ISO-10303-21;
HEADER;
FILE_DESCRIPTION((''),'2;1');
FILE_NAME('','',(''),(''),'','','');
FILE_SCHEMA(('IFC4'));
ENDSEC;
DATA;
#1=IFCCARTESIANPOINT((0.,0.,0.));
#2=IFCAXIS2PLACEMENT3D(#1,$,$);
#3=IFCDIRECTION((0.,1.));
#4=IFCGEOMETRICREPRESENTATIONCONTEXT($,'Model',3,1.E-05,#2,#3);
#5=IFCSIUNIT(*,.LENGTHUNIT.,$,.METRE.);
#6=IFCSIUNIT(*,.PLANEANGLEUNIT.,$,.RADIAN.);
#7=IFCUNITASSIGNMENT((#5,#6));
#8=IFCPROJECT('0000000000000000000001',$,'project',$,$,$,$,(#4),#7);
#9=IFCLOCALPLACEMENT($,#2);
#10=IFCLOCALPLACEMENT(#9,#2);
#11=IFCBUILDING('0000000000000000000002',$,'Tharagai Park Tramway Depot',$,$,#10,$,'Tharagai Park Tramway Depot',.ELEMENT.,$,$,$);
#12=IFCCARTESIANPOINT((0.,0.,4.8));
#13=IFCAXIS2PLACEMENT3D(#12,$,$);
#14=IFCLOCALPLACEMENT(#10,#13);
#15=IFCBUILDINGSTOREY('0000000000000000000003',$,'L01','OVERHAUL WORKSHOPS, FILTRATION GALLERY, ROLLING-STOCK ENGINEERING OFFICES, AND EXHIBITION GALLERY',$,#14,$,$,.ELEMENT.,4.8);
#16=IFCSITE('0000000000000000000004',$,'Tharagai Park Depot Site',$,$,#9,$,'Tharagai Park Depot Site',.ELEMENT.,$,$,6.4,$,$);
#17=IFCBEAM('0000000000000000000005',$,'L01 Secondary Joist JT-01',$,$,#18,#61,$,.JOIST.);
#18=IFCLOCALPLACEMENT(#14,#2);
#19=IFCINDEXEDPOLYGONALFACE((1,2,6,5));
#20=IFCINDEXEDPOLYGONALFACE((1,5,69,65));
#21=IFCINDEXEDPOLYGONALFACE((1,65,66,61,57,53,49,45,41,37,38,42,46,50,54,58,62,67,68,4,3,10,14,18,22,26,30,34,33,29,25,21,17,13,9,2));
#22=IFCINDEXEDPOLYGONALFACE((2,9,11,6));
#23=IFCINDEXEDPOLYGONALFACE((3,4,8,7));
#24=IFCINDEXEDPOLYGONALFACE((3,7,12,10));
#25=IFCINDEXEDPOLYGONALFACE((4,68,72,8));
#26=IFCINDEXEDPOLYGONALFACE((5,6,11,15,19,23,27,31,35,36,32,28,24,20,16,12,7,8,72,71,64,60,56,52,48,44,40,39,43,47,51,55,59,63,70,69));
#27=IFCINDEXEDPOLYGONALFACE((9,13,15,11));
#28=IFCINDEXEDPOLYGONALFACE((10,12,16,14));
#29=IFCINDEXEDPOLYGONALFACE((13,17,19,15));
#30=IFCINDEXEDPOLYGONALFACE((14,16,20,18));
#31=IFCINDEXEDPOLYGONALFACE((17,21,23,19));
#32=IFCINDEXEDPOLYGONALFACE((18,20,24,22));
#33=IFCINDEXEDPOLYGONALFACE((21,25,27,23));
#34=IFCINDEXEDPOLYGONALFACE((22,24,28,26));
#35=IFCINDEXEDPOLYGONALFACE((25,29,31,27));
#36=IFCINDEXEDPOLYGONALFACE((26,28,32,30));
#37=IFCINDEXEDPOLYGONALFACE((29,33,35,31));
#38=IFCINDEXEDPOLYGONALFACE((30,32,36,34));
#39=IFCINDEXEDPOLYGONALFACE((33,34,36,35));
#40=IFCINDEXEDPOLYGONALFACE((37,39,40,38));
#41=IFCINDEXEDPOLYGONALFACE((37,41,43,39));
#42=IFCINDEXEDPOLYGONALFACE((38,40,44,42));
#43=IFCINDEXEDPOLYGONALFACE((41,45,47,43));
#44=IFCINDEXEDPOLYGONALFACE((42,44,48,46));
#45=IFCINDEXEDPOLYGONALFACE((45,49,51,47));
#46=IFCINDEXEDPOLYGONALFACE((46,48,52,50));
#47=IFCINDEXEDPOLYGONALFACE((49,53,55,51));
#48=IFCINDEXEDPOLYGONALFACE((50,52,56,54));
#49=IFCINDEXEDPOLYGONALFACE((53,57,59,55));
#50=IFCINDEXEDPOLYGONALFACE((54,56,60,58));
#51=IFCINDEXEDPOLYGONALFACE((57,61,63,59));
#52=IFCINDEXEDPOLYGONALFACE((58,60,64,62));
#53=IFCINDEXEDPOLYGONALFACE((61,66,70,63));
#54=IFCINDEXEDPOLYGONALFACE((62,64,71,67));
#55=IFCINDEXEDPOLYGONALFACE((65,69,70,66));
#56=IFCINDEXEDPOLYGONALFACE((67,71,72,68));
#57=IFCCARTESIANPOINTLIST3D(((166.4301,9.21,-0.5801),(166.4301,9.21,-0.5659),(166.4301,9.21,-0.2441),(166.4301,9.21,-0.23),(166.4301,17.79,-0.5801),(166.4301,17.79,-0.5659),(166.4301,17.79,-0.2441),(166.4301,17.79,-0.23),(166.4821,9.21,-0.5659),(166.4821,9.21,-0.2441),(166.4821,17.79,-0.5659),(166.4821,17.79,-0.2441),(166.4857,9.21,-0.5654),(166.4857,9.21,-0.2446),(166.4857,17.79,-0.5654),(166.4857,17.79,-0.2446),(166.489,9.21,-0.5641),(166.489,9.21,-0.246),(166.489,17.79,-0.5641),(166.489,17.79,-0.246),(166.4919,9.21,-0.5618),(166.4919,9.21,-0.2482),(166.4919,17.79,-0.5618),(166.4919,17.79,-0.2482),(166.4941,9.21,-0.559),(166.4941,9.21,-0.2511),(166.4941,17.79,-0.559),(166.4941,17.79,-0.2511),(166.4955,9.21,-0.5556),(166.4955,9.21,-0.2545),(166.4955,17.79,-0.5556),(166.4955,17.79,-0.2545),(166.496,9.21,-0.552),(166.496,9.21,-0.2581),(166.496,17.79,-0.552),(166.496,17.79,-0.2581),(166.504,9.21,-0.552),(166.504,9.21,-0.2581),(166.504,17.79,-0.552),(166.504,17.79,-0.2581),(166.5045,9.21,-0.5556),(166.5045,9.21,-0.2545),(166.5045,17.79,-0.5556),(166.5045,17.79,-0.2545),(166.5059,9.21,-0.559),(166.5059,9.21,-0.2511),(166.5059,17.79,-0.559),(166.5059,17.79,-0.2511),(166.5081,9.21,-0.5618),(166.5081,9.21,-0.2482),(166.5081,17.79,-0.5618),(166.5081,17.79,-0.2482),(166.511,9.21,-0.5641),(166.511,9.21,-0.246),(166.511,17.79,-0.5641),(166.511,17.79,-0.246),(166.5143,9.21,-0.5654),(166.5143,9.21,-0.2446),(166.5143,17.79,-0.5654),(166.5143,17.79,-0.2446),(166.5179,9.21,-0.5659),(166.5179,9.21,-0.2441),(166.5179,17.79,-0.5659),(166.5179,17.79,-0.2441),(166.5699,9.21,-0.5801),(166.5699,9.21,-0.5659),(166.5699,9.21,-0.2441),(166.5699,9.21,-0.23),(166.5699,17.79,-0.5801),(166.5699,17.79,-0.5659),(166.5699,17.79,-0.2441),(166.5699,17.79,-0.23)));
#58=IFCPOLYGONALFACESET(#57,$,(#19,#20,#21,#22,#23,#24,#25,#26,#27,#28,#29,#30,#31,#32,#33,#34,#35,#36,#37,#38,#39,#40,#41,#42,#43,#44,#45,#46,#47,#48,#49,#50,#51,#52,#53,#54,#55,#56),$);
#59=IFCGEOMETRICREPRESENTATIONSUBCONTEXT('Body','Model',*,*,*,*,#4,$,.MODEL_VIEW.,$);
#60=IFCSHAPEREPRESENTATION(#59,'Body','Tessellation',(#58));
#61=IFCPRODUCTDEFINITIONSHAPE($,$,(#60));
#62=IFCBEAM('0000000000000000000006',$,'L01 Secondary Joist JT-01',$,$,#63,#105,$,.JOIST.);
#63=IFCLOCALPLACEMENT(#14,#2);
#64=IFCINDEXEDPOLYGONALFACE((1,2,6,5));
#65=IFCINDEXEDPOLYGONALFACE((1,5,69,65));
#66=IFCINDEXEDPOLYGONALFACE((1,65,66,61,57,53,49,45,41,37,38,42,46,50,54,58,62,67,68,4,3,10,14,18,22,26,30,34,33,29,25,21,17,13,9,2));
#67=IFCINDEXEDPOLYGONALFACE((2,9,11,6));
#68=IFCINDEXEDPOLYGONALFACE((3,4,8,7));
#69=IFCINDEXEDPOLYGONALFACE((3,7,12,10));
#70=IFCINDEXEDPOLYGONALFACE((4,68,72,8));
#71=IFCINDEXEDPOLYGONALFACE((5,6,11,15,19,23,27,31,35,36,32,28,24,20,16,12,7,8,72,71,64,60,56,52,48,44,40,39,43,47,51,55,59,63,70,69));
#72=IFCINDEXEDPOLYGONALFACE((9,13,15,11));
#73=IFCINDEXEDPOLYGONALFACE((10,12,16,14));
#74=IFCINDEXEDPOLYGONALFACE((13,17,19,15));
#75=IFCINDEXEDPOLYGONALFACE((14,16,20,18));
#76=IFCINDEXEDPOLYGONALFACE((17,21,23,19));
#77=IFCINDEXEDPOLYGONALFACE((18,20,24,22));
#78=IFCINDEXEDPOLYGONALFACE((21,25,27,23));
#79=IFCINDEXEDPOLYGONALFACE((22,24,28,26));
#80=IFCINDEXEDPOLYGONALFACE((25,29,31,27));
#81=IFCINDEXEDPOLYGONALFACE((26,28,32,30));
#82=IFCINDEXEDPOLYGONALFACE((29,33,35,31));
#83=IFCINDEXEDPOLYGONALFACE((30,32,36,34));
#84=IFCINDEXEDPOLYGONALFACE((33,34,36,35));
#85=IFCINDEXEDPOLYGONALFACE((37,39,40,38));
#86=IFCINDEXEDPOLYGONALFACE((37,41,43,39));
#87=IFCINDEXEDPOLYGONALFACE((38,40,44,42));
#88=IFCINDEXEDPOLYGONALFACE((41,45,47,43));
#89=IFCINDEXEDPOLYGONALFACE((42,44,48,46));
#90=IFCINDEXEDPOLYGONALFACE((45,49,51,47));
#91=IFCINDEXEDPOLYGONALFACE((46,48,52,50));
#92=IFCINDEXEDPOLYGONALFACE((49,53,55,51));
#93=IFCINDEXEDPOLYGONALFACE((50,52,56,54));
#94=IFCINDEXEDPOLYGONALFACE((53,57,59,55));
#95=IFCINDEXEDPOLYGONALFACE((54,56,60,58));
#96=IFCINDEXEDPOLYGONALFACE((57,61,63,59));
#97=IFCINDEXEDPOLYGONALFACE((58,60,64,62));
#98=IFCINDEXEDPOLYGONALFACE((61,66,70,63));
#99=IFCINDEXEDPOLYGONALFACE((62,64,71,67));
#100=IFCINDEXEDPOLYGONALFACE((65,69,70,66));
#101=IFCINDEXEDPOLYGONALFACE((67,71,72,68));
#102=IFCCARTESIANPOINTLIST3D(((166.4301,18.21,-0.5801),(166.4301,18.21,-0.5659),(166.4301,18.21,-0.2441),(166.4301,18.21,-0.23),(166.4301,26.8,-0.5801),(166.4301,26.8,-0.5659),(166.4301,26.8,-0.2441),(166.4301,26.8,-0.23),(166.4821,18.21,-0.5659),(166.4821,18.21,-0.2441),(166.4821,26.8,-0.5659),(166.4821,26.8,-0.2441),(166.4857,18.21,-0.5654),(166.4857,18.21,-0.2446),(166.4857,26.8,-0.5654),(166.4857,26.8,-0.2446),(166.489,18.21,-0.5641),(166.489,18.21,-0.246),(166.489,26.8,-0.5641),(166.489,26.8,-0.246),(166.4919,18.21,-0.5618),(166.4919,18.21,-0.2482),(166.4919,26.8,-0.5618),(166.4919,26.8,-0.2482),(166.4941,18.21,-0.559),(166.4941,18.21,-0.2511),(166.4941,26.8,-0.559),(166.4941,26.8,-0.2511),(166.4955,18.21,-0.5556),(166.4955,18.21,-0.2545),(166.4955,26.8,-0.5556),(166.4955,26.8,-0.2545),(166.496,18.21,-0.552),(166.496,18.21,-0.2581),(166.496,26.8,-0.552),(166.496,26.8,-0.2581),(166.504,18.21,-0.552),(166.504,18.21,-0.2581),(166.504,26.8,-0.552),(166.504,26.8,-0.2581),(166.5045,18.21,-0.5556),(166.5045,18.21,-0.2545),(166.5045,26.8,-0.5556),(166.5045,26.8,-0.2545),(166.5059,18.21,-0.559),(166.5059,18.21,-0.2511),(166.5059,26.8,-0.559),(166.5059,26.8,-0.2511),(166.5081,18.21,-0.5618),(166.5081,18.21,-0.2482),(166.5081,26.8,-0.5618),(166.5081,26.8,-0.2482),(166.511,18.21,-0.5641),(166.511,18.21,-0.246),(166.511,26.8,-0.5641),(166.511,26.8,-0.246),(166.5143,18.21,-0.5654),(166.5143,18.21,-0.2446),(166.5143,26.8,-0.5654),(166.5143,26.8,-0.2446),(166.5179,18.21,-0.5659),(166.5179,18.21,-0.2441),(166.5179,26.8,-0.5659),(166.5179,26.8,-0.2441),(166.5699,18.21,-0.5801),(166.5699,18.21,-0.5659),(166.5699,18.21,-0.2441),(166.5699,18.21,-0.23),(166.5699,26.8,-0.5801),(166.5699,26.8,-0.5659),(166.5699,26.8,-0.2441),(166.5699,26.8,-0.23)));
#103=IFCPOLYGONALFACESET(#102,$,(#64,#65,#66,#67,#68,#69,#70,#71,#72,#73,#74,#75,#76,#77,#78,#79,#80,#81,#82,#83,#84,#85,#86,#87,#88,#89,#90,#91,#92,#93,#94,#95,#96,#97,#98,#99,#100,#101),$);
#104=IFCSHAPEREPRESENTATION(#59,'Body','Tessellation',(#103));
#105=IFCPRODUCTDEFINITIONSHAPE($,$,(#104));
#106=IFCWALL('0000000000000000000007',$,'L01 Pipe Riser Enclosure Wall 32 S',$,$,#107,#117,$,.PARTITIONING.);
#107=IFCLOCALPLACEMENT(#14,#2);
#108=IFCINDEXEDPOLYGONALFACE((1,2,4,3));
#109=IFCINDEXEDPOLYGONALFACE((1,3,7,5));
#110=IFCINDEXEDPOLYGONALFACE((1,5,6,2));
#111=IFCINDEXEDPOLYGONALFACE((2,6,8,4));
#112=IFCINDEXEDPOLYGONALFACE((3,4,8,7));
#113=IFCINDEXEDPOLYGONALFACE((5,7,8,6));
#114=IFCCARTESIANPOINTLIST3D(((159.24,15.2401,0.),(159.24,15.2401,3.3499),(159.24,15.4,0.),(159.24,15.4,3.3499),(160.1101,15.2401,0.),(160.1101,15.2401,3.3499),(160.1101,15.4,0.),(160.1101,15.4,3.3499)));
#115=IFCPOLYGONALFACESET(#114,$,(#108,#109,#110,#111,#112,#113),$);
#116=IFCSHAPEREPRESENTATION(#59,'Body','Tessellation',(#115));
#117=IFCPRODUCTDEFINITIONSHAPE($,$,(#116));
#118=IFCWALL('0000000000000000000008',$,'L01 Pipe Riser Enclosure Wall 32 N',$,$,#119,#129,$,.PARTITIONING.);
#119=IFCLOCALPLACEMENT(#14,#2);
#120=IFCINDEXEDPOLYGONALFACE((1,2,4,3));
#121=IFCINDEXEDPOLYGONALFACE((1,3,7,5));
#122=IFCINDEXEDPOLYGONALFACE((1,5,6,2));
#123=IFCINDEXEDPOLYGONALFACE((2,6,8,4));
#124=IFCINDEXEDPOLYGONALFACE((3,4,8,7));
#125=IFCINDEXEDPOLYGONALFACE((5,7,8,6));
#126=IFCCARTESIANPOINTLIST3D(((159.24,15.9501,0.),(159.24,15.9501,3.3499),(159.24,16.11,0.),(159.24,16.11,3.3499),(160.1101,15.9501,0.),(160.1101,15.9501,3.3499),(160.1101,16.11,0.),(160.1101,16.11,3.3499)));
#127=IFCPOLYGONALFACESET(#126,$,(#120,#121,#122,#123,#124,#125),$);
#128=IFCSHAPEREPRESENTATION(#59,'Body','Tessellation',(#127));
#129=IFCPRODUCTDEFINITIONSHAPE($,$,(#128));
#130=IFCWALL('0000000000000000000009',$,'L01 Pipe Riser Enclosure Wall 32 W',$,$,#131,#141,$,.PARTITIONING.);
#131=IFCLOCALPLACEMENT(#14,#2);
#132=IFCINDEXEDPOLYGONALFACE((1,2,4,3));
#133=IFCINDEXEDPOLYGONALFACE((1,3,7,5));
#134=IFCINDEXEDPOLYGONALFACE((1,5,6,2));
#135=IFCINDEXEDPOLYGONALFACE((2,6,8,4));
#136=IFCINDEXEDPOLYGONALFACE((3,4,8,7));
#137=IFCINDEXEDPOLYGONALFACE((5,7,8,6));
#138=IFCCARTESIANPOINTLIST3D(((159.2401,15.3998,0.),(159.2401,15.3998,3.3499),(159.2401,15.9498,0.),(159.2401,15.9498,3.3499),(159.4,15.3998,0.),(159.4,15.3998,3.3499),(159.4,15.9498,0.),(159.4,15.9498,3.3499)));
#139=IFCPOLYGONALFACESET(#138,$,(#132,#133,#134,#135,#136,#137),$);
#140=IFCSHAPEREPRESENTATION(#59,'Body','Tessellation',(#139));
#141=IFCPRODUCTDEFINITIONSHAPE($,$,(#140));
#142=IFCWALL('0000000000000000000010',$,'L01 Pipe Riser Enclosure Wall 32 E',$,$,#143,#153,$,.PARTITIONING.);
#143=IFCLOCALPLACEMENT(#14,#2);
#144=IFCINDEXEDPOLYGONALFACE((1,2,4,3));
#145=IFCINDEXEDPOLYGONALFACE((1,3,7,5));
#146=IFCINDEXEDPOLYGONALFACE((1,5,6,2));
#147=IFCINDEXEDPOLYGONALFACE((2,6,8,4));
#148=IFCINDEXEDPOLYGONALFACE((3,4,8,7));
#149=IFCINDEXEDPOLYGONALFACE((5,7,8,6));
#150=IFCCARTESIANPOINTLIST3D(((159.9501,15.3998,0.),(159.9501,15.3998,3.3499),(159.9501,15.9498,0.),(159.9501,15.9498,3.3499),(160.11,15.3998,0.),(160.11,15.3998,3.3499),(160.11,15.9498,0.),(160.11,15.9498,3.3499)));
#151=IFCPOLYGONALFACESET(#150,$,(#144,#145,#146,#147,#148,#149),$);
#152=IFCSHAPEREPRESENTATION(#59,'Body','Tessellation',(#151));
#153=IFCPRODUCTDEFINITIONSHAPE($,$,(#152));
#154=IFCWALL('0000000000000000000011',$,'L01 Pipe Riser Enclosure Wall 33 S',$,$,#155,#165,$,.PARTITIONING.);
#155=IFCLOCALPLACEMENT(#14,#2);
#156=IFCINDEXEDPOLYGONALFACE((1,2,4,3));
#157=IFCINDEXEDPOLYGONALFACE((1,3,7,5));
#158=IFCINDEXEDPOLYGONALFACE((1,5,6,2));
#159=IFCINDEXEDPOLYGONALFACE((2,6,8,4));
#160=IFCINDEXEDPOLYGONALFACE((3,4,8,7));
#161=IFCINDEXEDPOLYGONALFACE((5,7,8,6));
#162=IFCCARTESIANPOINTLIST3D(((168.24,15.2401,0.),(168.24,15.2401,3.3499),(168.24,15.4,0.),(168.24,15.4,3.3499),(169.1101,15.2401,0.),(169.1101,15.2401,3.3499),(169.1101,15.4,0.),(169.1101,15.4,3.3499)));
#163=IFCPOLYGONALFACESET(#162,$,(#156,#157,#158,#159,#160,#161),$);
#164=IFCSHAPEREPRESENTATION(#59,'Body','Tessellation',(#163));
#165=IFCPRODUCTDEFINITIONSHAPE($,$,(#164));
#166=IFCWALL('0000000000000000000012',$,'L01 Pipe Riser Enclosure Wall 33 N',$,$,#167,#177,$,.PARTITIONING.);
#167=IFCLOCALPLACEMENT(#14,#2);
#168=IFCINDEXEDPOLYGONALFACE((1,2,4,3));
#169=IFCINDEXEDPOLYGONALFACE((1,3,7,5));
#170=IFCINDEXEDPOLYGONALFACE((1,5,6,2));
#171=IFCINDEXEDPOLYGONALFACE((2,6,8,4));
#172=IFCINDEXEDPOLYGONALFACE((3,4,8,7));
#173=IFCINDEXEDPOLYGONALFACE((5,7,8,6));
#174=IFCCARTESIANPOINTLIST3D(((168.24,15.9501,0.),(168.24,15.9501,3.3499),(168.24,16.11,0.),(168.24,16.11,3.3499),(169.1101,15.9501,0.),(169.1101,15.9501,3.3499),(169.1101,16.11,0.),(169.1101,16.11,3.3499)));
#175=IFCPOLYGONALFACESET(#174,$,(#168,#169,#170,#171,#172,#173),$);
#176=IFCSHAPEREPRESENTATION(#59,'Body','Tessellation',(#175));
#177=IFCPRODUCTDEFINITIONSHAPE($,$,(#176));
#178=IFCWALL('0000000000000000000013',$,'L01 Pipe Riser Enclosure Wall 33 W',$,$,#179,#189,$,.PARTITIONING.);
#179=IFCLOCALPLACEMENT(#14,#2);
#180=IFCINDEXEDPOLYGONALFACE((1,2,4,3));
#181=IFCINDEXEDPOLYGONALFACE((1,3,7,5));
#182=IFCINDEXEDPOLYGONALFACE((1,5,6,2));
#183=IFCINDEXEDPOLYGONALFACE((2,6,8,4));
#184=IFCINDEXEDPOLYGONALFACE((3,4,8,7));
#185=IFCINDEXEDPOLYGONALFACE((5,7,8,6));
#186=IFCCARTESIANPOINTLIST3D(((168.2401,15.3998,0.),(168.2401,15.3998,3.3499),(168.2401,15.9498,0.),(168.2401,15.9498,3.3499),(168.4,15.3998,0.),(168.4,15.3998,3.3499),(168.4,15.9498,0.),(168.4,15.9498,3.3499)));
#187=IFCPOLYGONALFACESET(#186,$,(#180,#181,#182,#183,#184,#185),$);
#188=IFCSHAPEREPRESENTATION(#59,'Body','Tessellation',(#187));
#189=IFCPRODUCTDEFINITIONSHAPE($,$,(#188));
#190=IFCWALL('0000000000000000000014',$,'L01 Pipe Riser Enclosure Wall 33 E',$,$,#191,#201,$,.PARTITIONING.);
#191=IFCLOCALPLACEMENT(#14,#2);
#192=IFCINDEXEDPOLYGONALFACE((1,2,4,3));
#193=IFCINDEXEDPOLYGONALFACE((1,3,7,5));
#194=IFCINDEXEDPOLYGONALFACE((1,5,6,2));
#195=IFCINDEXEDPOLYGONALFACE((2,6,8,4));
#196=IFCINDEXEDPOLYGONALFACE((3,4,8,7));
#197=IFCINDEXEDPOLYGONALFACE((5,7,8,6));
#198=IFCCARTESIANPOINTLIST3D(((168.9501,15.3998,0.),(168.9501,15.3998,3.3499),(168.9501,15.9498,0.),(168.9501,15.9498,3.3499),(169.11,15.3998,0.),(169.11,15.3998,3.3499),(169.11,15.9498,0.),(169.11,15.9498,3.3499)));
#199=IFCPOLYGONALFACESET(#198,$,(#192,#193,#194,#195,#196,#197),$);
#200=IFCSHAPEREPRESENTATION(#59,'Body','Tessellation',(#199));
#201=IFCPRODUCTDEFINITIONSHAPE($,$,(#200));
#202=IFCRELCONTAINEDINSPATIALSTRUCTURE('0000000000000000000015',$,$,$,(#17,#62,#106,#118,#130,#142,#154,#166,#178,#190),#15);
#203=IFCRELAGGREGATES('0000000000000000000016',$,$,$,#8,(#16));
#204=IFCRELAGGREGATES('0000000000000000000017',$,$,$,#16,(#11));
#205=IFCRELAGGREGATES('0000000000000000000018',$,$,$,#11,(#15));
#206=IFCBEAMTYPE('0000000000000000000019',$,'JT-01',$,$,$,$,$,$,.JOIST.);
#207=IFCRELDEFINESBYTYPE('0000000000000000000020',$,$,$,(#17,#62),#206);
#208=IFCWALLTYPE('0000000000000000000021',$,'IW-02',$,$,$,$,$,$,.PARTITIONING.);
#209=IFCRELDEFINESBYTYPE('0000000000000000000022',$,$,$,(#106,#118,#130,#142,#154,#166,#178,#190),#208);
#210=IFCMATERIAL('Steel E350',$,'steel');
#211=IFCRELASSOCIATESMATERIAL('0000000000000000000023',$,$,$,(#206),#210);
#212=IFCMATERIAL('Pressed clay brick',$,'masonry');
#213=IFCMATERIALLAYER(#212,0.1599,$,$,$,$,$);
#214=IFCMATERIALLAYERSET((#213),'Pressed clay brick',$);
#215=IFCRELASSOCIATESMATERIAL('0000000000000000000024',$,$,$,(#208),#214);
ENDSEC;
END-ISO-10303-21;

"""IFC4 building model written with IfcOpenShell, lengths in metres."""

from ifc_helpers import new_model, si_unit, direction, frame, frame_2d, origin, origin_2d, place, context, subcontext, project, spatial, rectangle, i_section, extrude, material, layer, layer_set, material_profile, profile_set, type_object, element, save


model = new_model("IFC4")

# Units and contexts
model_context = context("Model", 3, precision=1e-05, world=origin(), true_north=direction((0.0, 1.0)))
body_context = subcontext(model_context, "Body", "Model", "MODEL_VIEW")
ifc_project = project(units=[si_unit("LENGTHUNIT", "METRE"), si_unit("PLANEANGLEUNIT", "RADIAN")], contexts=[model_context])

# Site, building, storey
site_placement = place(None, origin())
site = spatial("IfcSite", under=ifc_project, at=site_placement, Name="Tharagai Park Depot Site", LongName="Tharagai Park Depot Site", CompositionType="ELEMENT", RefElevation=6.4)
building_placement = place(site_placement, origin())
building = spatial("IfcBuilding", under=site, at=building_placement, Name="Tharagai Park Tramway Depot", LongName="Tharagai Park Tramway Depot", CompositionType="ELEMENT")
storey_placement = place(building_placement, frame((0.0, 0.0, 4.8)))
storey = spatial("IfcBuildingStorey", under=building, at=storey_placement, Name="L01", Description="OVERHAUL WORKSHOPS, FILTRATION GALLERY, ROLLING-STOCK ENGINEERING OFFICES, AND EXHIBITION GALLERY", CompositionType="ELEMENT", Elevation=4.8)

# Beams
ifc_material_1 = material(Name="Steel E350", Category="steel")
ifc_material_profile_1 = material_profile(ifc_material_1, i_section(OverallWidth=0.1399, OverallDepth=0.3501, WebThickness=0.0081, FlangeThickness=0.0142, FilletRadius=0.0139, at=origin_2d()), Name="ISMB 350")
ifc_profile_set_1 = profile_set([ifc_material_profile_1], Name="Steel E350")
beam_type_1 = type_object("IfcBeamType", Name="JT-01", PredefinedType="JOIST", material=ifc_profile_set_1)
beam_1_placement = place(storey_placement, frame((166.5, 9.21, -0.405), z_axis=(0.0, 1.0, 0.0), x_axis=(-1.0, 0.0, 0.0)))
element("IfcBeam", 1, at=beam_1_placement, inside=storey, type_object=beam_type_1, Name="L01 Secondary Joist JT-01", PredefinedType="JOIST", context=body_context, shape_type="SweptSolid", body=[
    extrude(i_section(OverallWidth=0.1399, OverallDepth=0.3501, WebThickness=0.0081, FlangeThickness=0.0142, FilletRadius=0.0139, at=origin_2d()), origin(), (0.0, 0.0, 1.0), 8.5801),
])
beam_2_placement = place(storey_placement, frame((166.5, 18.21, -0.405), z_axis=(0.0, 1.0, 0.0), x_axis=(-1.0, 0.0, 0.0)))
element("IfcBeam", 2, at=beam_2_placement, inside=storey, type_object=beam_type_1, Name="L01 Secondary Joist JT-01", PredefinedType="JOIST", context=body_context, shape_type="SweptSolid", body=[
    extrude(i_section(OverallWidth=0.1399, OverallDepth=0.3501, WebThickness=0.0081, FlangeThickness=0.0142, FilletRadius=0.0139, at=origin_2d()), origin(), (0.0, 0.0, 1.0), 8.5901),
])

# Walls
ifc_material_2 = material(Name="Pressed clay brick", Category="masonry")
ifc_layer = layer(ifc_material_2, 0.1599)
ifc_layer_set = layer_set([ifc_layer], Name="Pressed clay brick")
wall_type = type_object("IfcWallType", Name="IW-02", PredefinedType="PARTITIONING", material=ifc_layer_set)
for number, where, z_axis, x_axis, name in (
    (3, (159.24, 15.3201, 0.0), (0.0, 0.0, 1.0), (1.0, 0.0, 0.0), "L01 Pipe Riser Enclosure Wall 32 S"),
    (4, (159.24, 16.03, 0.0), (0.0, 0.0, 1.0), (1.0, 0.0, 0.0), "L01 Pipe Riser Enclosure Wall 32 N"),
):
    element("IfcWall", number, at=place(storey_placement, frame(where, z_axis=z_axis, x_axis=x_axis)), inside=storey, type_object=wall_type, Name=name, PredefinedType="PARTITIONING", context=body_context, shape_type="SweptSolid", body=[
        extrude(rectangle(XDim=0.8701, YDim=0.1599, at=frame_2d((0.4351, 0.0))), origin(), (0.0, 0.0, 1.0), 3.3499),
    ])
for number, where, z_axis, x_axis, name in (
    (5, (159.3201, 15.3999, 0.0), (0.0, 0.0, 1.0), (0.0, 1.0, 0.0), "L01 Pipe Riser Enclosure Wall 32 W"),
    (6, (160.03, 15.3999, 0.0), (0.0, 0.0, 1.0), (0.0, 1.0, 0.0), "L01 Pipe Riser Enclosure Wall 32 E"),
):
    element("IfcWall", number, at=place(storey_placement, frame(where, z_axis=z_axis, x_axis=x_axis)), inside=storey, type_object=wall_type, Name=name, PredefinedType="PARTITIONING", context=body_context, shape_type="SweptSolid", body=[
        extrude(rectangle(XDim=0.55, YDim=0.1599, at=frame_2d((0.2749, 0.0))), origin(), (0.0, 0.0, 1.0), 3.3499),
    ])
for number, where, z_axis, x_axis, name in (
    (7, (168.24, 15.3201, 0.0), (0.0, 0.0, 1.0), (1.0, 0.0, 0.0), "L01 Pipe Riser Enclosure Wall 33 S"),
    (8, (168.24, 16.03, 0.0), (0.0, 0.0, 1.0), (1.0, 0.0, 0.0), "L01 Pipe Riser Enclosure Wall 33 N"),
):
    element("IfcWall", number, at=place(storey_placement, frame(where, z_axis=z_axis, x_axis=x_axis)), inside=storey, type_object=wall_type, Name=name, PredefinedType="PARTITIONING", context=body_context, shape_type="SweptSolid", body=[
        extrude(rectangle(XDim=0.8701, YDim=0.1599, at=frame_2d((0.4351, 0.0))), origin(), (0.0, 0.0, 1.0), 3.3499),
    ])
for number, where, z_axis, x_axis, name in (
    (9, (168.3201, 15.3999, 0.0), (0.0, 0.0, 1.0), (0.0, 1.0, 0.0), "L01 Pipe Riser Enclosure Wall 33 W"),
    (10, (169.03, 15.3999, 0.0), (0.0, 0.0, 1.0), (0.0, 1.0, 0.0), "L01 Pipe Riser Enclosure Wall 33 E"),
):
    element("IfcWall", number, at=place(storey_placement, frame(where, z_axis=z_axis, x_axis=x_axis)), inside=storey, type_object=wall_type, Name=name, PredefinedType="PARTITIONING", context=body_context, shape_type="SweptSolid", body=[
        extrude(rectangle(XDim=0.55, YDim=0.1599, at=frame_2d((0.2749, 0.0))), origin(), (0.0, 0.0, 1.0), 3.3499),
    ])

save(model, "model.ifc")
